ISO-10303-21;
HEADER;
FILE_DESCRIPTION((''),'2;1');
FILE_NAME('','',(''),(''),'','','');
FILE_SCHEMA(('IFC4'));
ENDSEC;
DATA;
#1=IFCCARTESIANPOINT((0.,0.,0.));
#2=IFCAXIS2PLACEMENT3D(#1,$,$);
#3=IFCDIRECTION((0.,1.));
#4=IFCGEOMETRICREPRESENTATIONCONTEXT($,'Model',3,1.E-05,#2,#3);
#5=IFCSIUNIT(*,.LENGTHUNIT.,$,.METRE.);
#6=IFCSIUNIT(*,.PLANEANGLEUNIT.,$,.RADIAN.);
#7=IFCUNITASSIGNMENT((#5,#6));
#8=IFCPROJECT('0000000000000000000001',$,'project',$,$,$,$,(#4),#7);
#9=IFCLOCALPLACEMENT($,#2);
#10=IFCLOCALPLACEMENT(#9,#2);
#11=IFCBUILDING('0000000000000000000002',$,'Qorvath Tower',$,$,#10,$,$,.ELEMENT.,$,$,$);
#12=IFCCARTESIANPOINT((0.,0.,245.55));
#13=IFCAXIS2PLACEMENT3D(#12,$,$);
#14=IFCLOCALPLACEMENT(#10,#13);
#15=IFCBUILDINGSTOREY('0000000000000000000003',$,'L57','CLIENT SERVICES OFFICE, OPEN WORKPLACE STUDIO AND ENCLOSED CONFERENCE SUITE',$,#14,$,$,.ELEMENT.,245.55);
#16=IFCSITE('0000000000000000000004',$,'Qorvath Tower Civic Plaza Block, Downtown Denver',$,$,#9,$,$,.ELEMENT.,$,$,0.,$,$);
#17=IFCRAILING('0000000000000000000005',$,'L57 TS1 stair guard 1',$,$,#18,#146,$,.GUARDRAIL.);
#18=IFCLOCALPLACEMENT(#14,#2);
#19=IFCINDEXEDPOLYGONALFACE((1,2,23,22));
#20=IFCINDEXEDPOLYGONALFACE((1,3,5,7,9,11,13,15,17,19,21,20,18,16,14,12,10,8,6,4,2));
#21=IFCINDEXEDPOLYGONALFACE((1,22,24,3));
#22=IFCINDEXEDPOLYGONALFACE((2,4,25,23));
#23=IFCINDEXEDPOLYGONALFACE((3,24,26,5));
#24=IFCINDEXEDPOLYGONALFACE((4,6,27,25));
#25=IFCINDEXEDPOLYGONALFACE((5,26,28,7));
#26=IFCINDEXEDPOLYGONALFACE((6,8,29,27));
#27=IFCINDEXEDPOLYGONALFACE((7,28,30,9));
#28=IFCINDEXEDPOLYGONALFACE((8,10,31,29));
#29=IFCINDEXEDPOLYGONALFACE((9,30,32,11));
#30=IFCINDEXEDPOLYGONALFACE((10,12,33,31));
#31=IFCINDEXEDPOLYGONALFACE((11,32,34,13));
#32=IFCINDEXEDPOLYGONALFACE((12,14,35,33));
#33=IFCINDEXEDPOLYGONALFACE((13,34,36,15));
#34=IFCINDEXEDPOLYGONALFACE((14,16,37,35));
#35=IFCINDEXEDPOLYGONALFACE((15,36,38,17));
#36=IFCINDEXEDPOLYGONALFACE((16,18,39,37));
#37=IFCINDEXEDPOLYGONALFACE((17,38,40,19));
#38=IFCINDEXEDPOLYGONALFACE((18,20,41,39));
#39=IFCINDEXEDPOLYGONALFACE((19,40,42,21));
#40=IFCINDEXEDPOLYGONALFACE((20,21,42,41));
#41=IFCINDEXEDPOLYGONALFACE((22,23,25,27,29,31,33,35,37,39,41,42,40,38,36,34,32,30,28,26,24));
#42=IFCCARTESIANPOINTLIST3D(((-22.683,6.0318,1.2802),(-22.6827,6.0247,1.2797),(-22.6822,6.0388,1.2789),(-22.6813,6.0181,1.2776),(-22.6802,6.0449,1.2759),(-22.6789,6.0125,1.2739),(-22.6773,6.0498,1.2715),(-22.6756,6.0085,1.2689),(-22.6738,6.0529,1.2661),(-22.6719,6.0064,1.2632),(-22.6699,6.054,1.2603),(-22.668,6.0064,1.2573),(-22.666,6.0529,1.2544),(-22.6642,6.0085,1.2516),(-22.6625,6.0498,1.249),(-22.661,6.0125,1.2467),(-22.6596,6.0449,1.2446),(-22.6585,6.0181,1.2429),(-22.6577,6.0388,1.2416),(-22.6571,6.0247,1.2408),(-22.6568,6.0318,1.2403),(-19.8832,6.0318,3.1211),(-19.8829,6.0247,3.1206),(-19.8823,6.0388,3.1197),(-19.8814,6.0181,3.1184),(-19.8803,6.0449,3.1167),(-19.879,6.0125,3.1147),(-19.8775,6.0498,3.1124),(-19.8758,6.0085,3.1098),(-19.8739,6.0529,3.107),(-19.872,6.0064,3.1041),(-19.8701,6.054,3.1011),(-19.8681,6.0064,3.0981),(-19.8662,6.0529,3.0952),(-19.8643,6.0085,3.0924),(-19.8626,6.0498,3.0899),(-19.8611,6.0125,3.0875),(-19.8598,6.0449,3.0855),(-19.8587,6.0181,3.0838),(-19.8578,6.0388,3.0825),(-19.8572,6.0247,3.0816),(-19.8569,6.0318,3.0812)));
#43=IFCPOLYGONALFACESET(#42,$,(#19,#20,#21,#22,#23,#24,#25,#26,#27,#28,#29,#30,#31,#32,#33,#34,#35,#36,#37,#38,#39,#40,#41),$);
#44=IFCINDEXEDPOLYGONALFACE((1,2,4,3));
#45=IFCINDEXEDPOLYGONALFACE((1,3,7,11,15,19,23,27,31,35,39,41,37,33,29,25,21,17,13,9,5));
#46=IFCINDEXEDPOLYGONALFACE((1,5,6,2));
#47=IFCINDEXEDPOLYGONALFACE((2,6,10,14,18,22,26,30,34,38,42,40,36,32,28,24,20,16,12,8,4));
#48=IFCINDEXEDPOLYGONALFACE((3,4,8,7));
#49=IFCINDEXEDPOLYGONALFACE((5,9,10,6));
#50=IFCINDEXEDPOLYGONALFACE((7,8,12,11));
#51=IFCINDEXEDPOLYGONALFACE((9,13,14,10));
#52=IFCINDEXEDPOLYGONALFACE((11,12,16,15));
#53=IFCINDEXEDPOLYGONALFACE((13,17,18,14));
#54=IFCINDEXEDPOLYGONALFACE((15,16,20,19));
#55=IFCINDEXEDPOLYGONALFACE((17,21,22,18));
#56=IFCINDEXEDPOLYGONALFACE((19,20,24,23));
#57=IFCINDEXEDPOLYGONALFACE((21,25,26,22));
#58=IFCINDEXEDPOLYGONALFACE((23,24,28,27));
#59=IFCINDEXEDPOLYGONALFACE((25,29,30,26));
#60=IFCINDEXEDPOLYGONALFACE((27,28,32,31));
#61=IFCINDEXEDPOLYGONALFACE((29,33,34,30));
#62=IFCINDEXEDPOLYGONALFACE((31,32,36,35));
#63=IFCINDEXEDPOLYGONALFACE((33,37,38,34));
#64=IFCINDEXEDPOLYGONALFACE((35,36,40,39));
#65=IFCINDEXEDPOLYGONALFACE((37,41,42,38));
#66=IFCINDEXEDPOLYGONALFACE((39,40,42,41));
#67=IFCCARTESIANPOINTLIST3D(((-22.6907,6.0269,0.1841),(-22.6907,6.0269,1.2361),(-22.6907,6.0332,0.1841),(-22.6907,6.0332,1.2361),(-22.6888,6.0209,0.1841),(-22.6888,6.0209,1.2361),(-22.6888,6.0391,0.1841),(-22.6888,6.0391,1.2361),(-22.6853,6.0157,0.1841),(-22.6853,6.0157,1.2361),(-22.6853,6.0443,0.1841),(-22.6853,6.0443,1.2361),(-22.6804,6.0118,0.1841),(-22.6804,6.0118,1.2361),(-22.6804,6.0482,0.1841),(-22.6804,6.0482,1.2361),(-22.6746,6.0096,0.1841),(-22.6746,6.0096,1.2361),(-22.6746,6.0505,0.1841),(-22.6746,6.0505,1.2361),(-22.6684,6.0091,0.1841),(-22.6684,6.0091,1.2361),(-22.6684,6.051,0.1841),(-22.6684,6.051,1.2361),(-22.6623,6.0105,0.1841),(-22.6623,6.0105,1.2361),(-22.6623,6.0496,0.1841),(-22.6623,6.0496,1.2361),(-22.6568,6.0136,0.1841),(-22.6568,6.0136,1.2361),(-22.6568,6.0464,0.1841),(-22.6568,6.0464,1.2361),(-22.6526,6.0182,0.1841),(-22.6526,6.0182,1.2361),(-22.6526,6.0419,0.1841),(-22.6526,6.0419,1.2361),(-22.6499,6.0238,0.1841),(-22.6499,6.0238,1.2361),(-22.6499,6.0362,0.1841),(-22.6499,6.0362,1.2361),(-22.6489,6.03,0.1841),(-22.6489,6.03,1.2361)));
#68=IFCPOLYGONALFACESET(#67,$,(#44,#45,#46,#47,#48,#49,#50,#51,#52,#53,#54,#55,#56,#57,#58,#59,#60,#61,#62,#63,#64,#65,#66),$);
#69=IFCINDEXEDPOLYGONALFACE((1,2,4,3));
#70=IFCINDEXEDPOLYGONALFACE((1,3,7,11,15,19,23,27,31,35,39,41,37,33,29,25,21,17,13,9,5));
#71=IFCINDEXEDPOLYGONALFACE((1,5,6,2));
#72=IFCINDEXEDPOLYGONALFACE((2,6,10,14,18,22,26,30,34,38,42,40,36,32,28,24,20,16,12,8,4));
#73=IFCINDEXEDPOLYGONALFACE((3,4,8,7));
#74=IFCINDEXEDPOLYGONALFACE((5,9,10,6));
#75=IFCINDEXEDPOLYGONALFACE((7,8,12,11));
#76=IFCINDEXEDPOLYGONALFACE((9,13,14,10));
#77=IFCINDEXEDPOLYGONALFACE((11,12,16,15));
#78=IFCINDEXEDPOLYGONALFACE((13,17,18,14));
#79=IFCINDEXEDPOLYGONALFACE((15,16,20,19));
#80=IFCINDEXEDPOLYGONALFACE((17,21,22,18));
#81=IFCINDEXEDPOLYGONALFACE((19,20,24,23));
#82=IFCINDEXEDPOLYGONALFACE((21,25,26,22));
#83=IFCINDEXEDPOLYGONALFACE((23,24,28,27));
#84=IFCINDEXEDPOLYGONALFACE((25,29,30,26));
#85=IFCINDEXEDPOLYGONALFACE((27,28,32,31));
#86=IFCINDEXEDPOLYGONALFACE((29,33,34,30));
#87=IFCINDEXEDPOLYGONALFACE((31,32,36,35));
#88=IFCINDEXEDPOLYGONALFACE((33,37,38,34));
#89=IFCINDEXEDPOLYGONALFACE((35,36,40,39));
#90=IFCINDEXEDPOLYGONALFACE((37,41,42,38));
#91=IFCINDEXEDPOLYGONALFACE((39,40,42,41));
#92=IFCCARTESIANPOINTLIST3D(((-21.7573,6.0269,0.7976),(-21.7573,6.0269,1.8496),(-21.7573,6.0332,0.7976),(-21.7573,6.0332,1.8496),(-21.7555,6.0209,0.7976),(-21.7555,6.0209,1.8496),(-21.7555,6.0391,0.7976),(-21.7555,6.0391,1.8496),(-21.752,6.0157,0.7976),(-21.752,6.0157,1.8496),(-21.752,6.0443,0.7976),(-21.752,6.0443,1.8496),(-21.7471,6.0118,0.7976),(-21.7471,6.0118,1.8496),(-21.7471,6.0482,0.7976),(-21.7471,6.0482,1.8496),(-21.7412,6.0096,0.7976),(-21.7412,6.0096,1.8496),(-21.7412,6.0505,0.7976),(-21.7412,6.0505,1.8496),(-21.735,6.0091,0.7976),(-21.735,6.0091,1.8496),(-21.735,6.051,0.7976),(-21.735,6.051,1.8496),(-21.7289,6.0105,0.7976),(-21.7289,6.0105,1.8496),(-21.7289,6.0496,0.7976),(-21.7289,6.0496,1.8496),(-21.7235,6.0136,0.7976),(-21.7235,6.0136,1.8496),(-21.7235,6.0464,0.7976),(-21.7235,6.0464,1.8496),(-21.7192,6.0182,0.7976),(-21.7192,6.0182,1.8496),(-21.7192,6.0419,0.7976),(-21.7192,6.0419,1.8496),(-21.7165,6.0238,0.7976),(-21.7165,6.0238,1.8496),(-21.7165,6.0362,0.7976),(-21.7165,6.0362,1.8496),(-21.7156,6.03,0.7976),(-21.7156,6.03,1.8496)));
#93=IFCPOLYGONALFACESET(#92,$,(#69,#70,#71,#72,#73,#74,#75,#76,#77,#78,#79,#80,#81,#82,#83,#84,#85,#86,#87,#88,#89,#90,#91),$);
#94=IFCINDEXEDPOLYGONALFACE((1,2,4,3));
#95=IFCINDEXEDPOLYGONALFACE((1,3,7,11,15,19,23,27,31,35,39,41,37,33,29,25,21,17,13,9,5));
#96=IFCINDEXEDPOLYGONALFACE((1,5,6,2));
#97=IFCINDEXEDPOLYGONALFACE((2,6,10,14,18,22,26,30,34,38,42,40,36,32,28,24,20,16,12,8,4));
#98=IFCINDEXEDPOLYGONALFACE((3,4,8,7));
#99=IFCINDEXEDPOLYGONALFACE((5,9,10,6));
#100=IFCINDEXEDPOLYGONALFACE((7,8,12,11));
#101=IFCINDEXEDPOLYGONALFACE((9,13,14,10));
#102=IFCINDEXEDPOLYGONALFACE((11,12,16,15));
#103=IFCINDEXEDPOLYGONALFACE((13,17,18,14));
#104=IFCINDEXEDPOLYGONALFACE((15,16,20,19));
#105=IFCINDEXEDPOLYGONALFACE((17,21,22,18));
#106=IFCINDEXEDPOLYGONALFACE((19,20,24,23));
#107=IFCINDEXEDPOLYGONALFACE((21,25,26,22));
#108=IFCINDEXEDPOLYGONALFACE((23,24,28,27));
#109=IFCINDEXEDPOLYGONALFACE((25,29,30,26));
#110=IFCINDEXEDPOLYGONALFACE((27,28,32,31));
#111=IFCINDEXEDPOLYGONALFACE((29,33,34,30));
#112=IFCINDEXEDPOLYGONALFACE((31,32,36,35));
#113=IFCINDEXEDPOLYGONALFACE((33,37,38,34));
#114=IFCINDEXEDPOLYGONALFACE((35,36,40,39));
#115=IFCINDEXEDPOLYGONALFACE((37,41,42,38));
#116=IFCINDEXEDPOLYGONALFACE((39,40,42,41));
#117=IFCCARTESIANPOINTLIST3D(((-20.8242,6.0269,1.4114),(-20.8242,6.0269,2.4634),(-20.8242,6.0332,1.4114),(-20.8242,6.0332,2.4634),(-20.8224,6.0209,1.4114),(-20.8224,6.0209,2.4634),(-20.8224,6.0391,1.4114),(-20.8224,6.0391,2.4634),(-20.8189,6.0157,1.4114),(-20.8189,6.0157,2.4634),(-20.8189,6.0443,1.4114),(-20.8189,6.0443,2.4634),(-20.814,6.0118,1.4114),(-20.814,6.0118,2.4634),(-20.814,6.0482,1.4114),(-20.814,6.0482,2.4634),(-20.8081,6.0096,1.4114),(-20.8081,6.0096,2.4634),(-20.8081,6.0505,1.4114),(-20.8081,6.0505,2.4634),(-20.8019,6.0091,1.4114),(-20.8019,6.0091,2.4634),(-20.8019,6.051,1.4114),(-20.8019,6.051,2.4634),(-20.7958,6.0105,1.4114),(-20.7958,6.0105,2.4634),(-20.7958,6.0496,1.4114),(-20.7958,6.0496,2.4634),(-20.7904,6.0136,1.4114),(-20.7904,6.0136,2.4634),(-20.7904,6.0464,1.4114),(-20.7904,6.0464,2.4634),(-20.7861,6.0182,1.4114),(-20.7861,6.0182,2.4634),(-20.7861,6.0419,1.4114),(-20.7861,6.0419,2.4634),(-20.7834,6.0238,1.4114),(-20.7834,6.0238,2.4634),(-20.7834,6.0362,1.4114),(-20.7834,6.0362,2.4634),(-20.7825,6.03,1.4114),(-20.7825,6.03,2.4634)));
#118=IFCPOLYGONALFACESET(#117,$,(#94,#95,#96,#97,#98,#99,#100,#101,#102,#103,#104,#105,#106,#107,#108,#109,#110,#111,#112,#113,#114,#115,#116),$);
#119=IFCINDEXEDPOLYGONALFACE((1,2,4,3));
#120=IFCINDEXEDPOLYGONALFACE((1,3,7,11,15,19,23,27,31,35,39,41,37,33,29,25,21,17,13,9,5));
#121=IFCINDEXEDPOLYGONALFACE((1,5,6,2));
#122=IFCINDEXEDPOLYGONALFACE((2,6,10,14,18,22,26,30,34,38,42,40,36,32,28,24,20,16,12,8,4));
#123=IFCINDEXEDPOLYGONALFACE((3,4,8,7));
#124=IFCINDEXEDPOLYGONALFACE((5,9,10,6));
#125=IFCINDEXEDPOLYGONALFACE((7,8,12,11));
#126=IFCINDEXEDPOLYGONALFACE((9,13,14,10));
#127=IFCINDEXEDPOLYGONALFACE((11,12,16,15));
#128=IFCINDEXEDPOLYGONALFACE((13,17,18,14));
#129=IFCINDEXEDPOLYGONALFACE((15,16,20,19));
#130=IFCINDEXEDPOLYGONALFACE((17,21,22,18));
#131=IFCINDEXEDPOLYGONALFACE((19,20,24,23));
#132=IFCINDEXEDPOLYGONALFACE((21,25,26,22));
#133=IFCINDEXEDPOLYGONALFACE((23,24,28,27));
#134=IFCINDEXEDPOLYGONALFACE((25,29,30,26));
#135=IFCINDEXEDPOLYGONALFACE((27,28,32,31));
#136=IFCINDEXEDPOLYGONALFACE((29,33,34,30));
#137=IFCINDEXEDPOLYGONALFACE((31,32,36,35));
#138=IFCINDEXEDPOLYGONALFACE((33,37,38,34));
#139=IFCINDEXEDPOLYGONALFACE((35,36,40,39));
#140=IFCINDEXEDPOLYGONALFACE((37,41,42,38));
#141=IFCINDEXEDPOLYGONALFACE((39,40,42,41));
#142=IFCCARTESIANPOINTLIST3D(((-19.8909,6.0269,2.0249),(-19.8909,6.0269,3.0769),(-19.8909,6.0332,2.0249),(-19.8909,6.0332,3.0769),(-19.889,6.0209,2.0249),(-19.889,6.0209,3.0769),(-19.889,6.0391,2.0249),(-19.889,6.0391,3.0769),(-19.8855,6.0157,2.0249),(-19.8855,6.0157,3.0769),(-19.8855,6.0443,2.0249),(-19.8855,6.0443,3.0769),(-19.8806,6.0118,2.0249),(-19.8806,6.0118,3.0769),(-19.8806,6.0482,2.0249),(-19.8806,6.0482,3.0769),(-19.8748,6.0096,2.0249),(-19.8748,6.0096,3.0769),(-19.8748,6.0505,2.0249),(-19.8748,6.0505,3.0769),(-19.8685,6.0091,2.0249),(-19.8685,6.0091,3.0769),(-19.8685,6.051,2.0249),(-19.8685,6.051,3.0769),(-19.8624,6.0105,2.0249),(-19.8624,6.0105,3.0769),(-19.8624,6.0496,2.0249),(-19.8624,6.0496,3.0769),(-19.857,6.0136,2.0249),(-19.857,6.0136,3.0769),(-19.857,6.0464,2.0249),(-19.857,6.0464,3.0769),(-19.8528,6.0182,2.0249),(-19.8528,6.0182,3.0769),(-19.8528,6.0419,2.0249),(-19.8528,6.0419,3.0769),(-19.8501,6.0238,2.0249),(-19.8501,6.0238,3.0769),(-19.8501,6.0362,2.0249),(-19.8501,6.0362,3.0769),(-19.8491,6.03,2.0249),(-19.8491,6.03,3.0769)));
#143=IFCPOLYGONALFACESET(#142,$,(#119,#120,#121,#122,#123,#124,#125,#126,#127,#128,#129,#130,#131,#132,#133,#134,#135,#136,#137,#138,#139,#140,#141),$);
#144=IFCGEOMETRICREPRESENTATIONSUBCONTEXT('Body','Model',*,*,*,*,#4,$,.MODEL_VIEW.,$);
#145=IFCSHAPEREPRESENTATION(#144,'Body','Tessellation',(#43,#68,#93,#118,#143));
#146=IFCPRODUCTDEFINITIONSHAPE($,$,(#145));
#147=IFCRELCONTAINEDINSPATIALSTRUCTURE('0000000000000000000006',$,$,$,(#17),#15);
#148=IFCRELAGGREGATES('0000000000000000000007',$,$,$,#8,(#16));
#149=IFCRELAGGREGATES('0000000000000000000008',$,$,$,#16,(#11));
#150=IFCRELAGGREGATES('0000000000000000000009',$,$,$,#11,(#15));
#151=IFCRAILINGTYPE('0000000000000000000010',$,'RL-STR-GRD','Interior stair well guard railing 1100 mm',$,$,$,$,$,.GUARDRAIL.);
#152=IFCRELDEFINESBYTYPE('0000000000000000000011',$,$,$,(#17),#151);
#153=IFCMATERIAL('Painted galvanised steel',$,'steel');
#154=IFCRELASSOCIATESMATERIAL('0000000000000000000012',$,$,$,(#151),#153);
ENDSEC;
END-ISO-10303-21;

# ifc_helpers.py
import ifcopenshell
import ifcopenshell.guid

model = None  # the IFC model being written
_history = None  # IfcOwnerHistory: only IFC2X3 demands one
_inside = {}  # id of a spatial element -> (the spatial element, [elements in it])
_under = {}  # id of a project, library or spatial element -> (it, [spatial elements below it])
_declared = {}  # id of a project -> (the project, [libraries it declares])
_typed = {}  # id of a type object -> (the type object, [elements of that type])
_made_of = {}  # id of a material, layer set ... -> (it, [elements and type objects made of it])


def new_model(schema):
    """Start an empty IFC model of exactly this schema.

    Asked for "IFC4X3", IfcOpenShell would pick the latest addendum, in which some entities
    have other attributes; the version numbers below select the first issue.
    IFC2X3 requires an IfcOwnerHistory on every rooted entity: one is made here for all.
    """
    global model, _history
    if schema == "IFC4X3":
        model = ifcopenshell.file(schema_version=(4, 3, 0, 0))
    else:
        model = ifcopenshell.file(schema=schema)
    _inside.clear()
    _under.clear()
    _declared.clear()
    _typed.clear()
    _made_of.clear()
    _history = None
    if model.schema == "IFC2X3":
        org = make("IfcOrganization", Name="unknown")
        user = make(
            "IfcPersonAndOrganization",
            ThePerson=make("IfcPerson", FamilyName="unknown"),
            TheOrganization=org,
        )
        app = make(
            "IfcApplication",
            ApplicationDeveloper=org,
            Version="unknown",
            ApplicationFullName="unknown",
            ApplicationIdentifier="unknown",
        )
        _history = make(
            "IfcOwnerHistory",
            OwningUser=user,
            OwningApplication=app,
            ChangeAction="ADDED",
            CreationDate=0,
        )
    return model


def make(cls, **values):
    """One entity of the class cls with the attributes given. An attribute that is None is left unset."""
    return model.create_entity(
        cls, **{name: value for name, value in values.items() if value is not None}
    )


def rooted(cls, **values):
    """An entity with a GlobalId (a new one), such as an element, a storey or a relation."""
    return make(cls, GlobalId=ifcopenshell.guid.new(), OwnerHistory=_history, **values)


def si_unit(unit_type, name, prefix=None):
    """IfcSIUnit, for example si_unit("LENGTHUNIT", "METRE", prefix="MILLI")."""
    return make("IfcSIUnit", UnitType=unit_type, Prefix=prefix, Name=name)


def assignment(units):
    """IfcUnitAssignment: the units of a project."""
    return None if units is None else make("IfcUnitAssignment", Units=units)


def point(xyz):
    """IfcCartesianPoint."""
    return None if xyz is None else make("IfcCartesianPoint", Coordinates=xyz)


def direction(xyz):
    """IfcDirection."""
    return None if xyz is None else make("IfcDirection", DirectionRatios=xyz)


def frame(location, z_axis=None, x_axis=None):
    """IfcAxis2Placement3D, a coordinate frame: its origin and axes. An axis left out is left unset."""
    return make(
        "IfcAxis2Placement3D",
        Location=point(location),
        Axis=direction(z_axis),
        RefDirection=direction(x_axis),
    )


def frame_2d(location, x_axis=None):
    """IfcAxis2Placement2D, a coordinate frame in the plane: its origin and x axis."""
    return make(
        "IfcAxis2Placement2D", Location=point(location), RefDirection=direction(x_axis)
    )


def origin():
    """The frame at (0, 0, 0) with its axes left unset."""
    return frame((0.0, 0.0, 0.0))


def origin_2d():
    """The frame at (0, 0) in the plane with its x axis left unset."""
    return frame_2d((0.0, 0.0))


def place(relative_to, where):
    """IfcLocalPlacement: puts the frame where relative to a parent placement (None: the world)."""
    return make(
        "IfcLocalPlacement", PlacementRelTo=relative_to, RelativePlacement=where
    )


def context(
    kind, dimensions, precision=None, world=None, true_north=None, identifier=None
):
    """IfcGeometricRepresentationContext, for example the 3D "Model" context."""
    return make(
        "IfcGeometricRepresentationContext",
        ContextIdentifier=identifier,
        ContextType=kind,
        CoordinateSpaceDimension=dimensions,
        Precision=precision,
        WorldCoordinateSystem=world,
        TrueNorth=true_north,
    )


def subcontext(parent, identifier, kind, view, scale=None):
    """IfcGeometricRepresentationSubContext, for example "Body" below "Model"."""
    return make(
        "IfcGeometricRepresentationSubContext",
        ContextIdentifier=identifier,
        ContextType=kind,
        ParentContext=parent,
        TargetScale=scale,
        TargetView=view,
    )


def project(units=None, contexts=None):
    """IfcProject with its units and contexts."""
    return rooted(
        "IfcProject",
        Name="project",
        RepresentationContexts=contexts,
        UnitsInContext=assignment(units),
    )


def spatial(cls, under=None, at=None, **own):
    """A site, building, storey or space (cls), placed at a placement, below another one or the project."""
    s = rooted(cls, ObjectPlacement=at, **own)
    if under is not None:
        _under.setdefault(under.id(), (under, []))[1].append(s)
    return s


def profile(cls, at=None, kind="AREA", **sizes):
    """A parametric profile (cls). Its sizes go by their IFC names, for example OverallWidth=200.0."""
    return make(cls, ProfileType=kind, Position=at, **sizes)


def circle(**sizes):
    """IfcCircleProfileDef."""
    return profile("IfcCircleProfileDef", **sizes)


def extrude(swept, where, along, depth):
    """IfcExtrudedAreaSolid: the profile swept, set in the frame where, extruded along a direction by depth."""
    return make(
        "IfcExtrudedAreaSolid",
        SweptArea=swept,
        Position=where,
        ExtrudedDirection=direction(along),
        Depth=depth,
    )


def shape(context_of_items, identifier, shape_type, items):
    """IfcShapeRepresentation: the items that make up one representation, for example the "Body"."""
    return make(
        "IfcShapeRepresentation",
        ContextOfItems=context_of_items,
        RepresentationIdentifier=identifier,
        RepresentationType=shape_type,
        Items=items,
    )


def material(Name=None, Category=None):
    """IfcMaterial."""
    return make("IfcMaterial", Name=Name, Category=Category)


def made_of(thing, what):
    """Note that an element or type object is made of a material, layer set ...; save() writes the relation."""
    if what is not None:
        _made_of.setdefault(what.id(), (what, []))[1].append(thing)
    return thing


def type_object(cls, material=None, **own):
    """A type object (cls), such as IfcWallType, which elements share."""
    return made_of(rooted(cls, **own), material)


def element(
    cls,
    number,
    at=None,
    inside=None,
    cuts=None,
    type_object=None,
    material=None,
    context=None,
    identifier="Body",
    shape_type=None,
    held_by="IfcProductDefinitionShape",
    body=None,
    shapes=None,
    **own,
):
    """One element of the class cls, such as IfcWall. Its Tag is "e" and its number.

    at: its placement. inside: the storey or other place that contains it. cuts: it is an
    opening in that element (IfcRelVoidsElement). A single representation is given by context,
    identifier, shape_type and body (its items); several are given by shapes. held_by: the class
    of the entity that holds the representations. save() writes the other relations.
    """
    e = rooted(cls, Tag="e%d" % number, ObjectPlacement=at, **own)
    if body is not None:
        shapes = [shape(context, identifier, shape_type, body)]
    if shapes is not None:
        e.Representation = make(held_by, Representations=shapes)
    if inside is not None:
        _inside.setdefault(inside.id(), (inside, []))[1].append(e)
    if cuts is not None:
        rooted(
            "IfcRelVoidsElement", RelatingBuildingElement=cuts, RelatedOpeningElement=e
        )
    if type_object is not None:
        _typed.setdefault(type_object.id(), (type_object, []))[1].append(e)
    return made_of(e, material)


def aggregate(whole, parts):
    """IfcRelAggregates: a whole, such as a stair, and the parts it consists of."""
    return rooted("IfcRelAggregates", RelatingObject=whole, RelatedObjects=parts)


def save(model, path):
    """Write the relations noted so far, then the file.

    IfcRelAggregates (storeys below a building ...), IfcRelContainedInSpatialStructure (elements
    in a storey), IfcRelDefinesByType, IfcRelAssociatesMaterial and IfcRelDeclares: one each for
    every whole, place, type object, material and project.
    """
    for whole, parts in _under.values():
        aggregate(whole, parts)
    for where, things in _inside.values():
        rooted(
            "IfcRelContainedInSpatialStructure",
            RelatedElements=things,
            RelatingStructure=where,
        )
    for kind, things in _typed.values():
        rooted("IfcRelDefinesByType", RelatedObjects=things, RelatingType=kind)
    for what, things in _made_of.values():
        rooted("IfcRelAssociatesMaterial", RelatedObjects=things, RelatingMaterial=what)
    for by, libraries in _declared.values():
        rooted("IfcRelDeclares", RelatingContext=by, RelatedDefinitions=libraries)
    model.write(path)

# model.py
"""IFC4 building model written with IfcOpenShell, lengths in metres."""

from ifc_helpers import new_model, si_unit, direction, frame, origin, origin_2d, place, context, subcontext, project, spatial, circle, extrude, material, type_object, element, save


model = new_model("IFC4")

# Units and contexts
model_context = context("Model", 3, precision=1e-05, world=origin(), true_north=direction((0.0, 1.0)))
body_context = subcontext(model_context, "Body", "Model", "MODEL_VIEW")
ifc_project = project(units=[si_unit("LENGTHUNIT", "METRE"), si_unit("PLANEANGLEUNIT", "RADIAN")], contexts=[model_context])

# Site, building, storey
site_placement = place(None, origin())
site = spatial("IfcSite", under=ifc_project, at=site_placement, Name="Qorvath Tower Civic Plaza Block, Downtown Denver", CompositionType="ELEMENT", RefElevation=0.0)
building_placement = place(site_placement, origin())
building = spatial("IfcBuilding", under=site, at=building_placement, Name="Qorvath Tower", CompositionType="ELEMENT")
storey_placement = place(building_placement, frame((0.0, 0.0, 245.55)))
storey = spatial("IfcBuildingStorey", under=building, at=storey_placement, Name="L57", Description="CLIENT SERVICES OFFICE, OPEN WORKPLACE STUDIO AND ENCLOSED CONFERENCE SUITE", CompositionType="ELEMENT", Elevation=245.55)

# Railing
ifc_material_1 = material(Name="Painted galvanised steel", Category="steel")
railing_type_1 = type_object("IfcRailingType", Name="RL-STR-GRD", Description="Interior stair well guard railing 1100 mm", PredefinedType="GUARDRAIL", material=ifc_material_1)
railing_1_placement = place(storey_placement, frame((-22.6699, 6.03, 0.1841)))
element("IfcRailing", 1, at=railing_1_placement, inside=storey, type_object=railing_type_1, Name="L57 TS1 stair guard 1", PredefinedType="GUARDRAIL", context=body_context, shape_type="SweptSolid", body=[
    extrude(circle(Radius=0.0239, at=origin_2d()), frame((0.0, 0.0, 1.0762), z_axis=(0.835576, 0.0, 0.549376), x_axis=(0.0, 1.0, 0.0)), (0.0, 0.0, 1.0), 3.3508),
    extrude(circle(Radius=0.021, at=origin_2d()), origin(), (0.0, 0.0, 1.0), 1.052),
    extrude(circle(Radius=0.021, at=origin_2d()), frame((0.9333, 0.0, 0.6135)), (0.0, 0.0, 1.0), 1.052),
    extrude(circle(Radius=0.021, at=origin_2d()), frame((1.8665, 0.0, 1.2273)), (0.0, 0.0, 1.0), 1.052),
    extrude(circle(Radius=0.021, at=origin_2d()), frame((2.7998, 0.0, 1.8408)), (0.0, 0.0, 1.0), 1.052),
])

save(model, "model.ifc")
